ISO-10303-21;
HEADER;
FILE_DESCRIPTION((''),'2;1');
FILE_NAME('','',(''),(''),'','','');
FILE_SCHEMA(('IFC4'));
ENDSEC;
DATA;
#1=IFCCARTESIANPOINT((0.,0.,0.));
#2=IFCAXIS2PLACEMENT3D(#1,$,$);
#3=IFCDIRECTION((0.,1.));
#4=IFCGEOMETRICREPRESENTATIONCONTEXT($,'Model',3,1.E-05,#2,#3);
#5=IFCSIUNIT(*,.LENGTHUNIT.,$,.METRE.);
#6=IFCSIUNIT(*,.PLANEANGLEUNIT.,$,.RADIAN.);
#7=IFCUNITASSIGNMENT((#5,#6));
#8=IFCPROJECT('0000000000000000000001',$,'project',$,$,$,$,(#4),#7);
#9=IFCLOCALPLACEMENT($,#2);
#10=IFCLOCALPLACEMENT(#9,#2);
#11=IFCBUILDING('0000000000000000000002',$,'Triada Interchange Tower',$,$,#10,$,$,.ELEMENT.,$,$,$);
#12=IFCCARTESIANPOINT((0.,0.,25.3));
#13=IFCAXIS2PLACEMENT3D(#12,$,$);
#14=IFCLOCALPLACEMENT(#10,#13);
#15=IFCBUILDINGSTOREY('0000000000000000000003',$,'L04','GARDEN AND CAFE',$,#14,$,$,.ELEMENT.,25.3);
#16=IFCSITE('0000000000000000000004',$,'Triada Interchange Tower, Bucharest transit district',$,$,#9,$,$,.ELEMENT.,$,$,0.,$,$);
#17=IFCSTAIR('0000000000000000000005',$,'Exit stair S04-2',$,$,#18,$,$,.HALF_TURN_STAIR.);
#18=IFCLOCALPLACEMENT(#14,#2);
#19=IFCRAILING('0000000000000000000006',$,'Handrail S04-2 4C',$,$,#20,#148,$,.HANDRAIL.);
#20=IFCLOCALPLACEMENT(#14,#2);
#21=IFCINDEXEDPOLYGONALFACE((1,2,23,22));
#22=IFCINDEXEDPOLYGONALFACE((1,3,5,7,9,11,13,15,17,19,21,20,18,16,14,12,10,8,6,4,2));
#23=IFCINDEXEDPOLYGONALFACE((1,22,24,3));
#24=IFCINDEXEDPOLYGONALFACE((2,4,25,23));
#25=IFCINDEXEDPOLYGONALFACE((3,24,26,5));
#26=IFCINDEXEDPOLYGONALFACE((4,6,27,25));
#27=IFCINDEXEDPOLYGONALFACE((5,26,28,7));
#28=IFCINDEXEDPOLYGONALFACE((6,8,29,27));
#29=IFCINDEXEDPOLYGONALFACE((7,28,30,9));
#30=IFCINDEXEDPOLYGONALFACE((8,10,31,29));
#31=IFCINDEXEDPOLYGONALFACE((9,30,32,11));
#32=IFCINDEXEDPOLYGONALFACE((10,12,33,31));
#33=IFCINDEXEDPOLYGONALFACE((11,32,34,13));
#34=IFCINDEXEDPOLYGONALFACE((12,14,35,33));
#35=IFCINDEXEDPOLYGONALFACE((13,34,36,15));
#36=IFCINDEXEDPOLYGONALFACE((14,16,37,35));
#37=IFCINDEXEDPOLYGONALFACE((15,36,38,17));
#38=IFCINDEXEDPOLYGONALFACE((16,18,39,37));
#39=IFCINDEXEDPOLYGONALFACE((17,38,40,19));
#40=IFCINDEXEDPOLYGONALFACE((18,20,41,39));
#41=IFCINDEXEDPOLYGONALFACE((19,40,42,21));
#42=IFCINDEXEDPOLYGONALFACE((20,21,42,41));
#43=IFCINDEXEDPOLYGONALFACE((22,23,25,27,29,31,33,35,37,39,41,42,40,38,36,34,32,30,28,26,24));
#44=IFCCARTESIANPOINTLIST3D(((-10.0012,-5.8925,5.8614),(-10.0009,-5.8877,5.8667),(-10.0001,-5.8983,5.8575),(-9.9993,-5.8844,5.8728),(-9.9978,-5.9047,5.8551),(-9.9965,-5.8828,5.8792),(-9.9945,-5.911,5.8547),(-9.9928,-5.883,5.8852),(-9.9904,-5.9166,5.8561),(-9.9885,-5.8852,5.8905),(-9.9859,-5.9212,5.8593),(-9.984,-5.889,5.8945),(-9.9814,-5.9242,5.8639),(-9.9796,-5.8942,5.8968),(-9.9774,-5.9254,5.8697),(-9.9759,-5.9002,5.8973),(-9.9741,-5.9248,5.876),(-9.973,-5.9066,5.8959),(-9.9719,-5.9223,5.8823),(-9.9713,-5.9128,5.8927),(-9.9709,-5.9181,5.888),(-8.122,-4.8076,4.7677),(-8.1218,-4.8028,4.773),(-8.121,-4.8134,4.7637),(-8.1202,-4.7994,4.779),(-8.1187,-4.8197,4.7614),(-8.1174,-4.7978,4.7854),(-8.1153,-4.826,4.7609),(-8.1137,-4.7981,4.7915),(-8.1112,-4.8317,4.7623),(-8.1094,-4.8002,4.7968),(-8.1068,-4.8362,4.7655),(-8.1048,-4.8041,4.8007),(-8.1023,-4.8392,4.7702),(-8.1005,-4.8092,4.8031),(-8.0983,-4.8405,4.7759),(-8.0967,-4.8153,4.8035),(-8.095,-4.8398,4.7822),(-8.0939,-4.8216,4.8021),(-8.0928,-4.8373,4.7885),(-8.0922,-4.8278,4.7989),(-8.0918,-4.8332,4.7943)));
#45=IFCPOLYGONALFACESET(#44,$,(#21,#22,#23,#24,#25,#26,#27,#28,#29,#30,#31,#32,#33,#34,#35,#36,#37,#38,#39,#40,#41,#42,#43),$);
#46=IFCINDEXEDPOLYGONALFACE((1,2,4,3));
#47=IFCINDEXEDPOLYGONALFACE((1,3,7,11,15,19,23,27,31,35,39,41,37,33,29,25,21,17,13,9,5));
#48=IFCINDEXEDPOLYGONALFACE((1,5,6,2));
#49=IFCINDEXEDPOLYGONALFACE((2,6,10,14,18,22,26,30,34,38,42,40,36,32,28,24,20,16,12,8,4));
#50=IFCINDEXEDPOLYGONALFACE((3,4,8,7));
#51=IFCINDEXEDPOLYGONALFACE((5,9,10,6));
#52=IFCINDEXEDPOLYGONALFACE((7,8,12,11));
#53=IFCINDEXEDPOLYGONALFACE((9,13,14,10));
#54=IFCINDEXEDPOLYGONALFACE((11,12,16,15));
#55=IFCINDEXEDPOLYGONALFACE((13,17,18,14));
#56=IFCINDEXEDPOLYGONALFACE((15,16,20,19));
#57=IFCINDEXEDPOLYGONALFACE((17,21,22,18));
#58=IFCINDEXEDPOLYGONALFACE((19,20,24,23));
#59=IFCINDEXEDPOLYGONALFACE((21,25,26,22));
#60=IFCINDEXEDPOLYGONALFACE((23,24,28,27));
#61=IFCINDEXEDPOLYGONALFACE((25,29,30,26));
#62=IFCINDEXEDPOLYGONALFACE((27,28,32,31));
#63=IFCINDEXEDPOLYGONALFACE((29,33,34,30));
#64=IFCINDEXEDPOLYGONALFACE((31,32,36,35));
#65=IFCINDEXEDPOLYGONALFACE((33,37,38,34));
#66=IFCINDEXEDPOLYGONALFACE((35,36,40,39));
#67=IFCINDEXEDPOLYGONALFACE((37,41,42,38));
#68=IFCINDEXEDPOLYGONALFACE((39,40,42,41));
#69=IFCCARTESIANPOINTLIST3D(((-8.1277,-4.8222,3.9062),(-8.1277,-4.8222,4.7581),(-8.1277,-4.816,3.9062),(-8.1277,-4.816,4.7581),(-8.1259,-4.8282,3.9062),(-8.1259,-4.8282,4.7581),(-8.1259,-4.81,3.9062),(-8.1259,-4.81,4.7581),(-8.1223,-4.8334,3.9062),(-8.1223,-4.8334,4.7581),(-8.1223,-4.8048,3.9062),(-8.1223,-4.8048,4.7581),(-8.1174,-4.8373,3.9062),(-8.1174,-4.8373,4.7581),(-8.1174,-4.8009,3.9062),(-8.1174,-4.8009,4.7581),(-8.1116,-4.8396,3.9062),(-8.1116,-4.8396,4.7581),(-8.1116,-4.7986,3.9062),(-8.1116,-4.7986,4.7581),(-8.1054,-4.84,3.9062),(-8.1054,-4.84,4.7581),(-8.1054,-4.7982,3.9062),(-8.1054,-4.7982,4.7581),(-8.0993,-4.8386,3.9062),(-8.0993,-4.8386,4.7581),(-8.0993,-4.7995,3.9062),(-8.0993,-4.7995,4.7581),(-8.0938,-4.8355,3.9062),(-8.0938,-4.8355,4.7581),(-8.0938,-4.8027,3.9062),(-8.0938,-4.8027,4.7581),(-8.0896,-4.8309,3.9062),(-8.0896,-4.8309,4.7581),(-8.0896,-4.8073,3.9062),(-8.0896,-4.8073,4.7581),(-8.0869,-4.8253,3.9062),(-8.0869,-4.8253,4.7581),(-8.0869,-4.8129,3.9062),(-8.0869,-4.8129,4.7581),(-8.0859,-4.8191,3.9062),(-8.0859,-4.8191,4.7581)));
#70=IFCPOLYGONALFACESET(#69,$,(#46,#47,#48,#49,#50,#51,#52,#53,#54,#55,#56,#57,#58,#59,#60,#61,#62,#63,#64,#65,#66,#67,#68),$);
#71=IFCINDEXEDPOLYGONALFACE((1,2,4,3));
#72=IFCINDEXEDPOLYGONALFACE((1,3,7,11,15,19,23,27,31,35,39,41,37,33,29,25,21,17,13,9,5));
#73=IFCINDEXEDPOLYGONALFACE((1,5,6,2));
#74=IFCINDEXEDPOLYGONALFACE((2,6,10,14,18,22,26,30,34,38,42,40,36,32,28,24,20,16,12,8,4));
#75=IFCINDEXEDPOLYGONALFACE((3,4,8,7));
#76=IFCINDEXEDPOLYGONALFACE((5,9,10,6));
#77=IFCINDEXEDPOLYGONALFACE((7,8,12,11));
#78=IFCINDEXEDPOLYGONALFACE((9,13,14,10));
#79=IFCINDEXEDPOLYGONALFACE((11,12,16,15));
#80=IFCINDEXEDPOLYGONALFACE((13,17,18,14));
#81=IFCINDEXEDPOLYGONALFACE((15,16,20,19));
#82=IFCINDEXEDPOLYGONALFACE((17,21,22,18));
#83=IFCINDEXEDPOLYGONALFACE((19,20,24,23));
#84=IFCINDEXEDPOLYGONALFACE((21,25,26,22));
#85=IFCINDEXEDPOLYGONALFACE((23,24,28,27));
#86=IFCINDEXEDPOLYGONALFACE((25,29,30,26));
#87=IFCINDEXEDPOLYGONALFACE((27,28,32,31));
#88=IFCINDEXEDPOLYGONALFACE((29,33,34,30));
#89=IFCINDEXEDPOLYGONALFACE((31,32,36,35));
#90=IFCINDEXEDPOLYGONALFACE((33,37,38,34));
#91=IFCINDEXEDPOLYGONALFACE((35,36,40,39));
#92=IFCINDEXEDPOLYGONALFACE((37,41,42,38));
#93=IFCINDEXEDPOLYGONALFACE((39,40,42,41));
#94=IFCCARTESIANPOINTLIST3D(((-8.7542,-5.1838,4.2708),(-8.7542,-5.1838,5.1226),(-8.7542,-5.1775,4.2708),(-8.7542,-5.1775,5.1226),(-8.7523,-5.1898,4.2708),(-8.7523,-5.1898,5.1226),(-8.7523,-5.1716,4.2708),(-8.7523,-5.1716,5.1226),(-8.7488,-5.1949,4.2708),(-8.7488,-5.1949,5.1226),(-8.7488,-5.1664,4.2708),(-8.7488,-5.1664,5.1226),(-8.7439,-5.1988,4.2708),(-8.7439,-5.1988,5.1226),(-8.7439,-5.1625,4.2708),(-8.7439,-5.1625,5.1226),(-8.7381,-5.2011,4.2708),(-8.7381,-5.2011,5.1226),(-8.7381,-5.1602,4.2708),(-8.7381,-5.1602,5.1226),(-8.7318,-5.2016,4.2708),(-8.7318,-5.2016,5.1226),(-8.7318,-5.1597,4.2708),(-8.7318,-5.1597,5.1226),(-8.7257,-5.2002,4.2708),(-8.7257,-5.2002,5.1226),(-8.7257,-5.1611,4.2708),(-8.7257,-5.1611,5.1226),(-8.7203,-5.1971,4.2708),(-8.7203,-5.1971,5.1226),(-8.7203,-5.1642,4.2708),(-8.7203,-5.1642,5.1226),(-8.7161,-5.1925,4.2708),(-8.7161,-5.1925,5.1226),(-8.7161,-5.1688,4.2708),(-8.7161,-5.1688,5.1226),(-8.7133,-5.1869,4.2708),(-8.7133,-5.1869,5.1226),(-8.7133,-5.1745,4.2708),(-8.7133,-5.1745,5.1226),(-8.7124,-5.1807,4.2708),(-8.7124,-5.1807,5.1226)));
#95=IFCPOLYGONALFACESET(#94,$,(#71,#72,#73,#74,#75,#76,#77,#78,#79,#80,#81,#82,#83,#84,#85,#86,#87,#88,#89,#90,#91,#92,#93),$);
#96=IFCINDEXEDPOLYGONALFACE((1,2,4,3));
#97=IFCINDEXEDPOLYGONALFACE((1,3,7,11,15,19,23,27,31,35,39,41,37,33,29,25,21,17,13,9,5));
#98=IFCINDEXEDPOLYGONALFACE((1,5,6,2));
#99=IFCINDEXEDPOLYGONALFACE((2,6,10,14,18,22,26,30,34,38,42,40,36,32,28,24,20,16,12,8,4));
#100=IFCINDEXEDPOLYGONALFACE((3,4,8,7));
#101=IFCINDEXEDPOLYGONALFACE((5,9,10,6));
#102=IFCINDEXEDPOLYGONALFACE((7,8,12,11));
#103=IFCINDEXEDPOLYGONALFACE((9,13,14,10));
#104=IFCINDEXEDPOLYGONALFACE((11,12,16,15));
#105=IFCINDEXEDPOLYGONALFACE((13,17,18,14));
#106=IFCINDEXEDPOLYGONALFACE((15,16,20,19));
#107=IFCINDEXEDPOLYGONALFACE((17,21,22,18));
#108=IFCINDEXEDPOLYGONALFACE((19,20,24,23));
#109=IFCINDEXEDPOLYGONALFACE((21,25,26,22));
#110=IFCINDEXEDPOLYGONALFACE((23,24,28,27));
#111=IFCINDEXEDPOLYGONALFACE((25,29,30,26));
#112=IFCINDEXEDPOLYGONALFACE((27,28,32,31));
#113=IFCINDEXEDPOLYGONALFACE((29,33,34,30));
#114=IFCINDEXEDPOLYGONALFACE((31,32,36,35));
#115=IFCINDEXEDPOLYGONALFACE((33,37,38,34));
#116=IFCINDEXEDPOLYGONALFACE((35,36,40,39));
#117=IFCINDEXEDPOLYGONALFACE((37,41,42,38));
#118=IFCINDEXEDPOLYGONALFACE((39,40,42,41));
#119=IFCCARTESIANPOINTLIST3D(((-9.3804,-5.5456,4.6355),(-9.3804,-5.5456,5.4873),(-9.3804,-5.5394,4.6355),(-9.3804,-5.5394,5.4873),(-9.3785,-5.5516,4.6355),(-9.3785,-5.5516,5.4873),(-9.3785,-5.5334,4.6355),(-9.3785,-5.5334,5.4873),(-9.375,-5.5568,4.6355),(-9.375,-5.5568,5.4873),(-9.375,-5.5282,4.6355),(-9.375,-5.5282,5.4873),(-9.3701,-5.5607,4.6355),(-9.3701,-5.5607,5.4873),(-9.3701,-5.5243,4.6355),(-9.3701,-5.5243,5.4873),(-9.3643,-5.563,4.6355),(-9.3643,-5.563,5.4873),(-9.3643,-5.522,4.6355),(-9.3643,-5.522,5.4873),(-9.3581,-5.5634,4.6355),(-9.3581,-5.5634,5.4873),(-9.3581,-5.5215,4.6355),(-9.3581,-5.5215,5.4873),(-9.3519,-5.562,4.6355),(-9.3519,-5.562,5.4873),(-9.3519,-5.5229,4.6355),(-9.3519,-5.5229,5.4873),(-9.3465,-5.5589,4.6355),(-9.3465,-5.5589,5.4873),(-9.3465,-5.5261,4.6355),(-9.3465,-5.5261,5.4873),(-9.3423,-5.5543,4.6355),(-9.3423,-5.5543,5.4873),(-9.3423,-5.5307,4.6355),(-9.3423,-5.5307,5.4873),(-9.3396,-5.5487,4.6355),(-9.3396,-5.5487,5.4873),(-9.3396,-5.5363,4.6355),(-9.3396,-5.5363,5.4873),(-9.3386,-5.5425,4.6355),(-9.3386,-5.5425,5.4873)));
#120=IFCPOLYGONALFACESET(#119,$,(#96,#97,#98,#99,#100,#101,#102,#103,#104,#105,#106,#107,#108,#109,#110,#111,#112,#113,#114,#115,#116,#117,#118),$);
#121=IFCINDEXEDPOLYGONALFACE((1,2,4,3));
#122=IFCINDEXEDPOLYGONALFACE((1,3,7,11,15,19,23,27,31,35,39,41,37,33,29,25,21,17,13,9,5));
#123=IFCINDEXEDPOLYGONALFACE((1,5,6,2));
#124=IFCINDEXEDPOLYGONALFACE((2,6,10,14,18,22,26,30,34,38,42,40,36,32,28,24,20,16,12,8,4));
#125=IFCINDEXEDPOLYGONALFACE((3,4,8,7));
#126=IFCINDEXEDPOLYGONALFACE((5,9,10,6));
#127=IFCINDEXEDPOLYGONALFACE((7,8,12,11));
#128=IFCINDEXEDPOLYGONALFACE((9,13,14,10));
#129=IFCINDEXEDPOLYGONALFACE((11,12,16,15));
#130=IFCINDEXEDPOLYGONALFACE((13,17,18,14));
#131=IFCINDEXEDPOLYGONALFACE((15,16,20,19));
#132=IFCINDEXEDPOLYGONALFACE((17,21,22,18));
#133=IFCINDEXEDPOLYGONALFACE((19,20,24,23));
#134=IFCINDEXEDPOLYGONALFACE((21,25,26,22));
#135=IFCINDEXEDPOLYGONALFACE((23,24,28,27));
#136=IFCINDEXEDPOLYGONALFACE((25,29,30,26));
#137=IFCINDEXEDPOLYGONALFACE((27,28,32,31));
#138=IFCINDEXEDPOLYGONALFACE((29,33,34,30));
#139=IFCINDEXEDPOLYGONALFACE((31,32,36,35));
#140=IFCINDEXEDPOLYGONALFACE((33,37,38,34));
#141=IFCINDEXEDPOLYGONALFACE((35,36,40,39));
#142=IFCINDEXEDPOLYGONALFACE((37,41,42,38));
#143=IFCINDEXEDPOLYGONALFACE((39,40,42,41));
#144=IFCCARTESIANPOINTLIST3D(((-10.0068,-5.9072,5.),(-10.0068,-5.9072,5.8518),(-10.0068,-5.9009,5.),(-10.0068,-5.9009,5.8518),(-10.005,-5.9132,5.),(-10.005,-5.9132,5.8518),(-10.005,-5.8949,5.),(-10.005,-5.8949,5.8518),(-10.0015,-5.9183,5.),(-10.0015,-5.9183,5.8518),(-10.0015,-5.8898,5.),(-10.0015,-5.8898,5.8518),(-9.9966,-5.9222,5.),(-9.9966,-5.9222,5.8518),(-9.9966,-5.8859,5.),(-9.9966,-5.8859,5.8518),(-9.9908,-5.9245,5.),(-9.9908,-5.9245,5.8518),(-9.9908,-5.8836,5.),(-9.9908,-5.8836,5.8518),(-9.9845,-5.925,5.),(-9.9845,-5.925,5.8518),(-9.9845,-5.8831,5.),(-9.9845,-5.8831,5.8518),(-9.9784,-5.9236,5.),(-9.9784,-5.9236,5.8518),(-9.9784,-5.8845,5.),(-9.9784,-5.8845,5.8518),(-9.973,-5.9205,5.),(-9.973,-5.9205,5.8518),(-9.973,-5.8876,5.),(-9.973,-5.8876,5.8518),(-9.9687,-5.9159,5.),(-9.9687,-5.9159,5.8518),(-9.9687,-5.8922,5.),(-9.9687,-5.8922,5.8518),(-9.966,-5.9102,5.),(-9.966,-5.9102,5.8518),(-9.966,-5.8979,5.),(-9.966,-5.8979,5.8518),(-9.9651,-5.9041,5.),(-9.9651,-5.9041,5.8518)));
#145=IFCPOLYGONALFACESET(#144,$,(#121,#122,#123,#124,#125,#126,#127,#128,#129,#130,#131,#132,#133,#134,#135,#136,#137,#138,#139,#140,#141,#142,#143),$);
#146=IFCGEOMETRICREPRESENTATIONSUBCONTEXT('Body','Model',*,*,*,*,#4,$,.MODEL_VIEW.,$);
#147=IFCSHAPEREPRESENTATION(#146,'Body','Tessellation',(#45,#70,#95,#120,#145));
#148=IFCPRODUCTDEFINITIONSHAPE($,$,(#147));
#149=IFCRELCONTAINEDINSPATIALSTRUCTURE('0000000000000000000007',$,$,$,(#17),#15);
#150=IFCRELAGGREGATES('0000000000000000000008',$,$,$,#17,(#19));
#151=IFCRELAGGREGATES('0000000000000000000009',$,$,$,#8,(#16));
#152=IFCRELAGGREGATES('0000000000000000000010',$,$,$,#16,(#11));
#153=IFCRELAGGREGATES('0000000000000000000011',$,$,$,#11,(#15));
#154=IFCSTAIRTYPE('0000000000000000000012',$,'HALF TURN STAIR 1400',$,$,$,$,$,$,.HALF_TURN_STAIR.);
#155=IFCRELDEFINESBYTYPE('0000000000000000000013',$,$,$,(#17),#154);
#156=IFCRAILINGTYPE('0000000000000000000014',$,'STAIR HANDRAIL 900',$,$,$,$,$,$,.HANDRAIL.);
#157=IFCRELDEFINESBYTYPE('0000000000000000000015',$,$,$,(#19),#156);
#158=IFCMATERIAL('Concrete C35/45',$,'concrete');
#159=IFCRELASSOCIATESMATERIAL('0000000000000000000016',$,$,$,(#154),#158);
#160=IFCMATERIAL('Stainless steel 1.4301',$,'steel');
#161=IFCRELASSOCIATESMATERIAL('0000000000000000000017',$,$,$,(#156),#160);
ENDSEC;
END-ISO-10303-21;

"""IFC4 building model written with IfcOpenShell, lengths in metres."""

from ifc_helpers import new_model, si_unit, direction, frame, origin, origin_2d, place, context, subcontext, project, spatial, circle, extrude, material, type_object, element, aggregate, save


model = new_model("IFC4")

# Units and contexts
model_context = context("Model", 3, precision=1e-05, world=origin(), true_north=direction((0.0, 1.0)))
body_context = subcontext(model_context, "Body", "Model", "MODEL_VIEW")
ifc_project = project(units=[si_unit("LENGTHUNIT", "METRE"), si_unit("PLANEANGLEUNIT", "RADIAN")], contexts=[model_context])

# Site, building, storey
site_placement = place(None, origin())
site = spatial("IfcSite", under=ifc_project, at=site_placement, Name="Triada Interchange Tower, Bucharest transit district", CompositionType="ELEMENT", RefElevation=0.0)
building_placement = place(site_placement, origin())
building = spatial("IfcBuilding", under=site, at=building_placement, Name="Triada Interchange Tower", CompositionType="ELEMENT")
storey_placement = place(building_placement, frame((0.0, 0.0, 25.3)))
storey = spatial("IfcBuildingStorey", under=building, at=storey_placement, Name="L04", Description="GARDEN AND CAFE", CompositionType="ELEMENT", Elevation=25.3)

# Shared definitions
ifc_material_1 = material(Name="Concrete C35/45", Category="concrete")

# Stair, railing
stair_type = type_object("IfcStairType", Name="HALF TURN STAIR 1400", PredefinedType="HALF_TURN_STAIR", material=ifc_material_1)
stair_placement = place(storey_placement, origin())
stair = element("IfcStair", 1, at=stair_placement, inside=storey, type_object=stair_type, Name="Exit stair S04-2", PredefinedType="HALF_TURN_STAIR")
ifc_material_2 = material(Name="Stainless steel 1.4301", Category="steel")
railing_type = type_object("IfcRailingType", Name="STAIR HANDRAIL 900", PredefinedType="HANDRAIL", material=ifc_material_2)
railing_1_placement = place(storey_placement, frame((-8.1069, -4.8191, 3.9062)))
railing_1 = element("IfcRailing", 2, at=railing_1_placement, type_object=railing_type, Name="Handrail S04-2 4C", PredefinedType="HANDRAIL", context=body_context, shape_type="SweptSolid", body=[
    extrude(circle(Radius=0.0239, at=origin_2d()), frame((0.0, 0.0, 0.876), z_axis=(-0.77333, -0.446496, 0.450113), x_axis=(0.500011, -0.866019, 0.0)), (0.0, 0.0, 1.0), 2.4299),
    extrude(circle(Radius=0.021, at=origin_2d()), origin(), (0.0, 0.0, 1.0), 0.8518),
    extrude(circle(Radius=0.021, at=origin_2d()), frame((-0.6265, -0.3616, 0.3645)), (0.0, 0.0, 1.0), 0.8518),
    extrude(circle(Radius=0.021, at=origin_2d()), frame((-1.2527, -0.7234, 0.7292)), (0.0, 0.0, 1.0), 0.8518),
    extrude(circle(Radius=0.021, at=origin_2d()), frame((-1.8792, -1.085, 1.0938)), (0.0, 0.0, 1.0), 0.8518),
])
aggregate(stair, [railing_1])

save(model, "model.ifc")
